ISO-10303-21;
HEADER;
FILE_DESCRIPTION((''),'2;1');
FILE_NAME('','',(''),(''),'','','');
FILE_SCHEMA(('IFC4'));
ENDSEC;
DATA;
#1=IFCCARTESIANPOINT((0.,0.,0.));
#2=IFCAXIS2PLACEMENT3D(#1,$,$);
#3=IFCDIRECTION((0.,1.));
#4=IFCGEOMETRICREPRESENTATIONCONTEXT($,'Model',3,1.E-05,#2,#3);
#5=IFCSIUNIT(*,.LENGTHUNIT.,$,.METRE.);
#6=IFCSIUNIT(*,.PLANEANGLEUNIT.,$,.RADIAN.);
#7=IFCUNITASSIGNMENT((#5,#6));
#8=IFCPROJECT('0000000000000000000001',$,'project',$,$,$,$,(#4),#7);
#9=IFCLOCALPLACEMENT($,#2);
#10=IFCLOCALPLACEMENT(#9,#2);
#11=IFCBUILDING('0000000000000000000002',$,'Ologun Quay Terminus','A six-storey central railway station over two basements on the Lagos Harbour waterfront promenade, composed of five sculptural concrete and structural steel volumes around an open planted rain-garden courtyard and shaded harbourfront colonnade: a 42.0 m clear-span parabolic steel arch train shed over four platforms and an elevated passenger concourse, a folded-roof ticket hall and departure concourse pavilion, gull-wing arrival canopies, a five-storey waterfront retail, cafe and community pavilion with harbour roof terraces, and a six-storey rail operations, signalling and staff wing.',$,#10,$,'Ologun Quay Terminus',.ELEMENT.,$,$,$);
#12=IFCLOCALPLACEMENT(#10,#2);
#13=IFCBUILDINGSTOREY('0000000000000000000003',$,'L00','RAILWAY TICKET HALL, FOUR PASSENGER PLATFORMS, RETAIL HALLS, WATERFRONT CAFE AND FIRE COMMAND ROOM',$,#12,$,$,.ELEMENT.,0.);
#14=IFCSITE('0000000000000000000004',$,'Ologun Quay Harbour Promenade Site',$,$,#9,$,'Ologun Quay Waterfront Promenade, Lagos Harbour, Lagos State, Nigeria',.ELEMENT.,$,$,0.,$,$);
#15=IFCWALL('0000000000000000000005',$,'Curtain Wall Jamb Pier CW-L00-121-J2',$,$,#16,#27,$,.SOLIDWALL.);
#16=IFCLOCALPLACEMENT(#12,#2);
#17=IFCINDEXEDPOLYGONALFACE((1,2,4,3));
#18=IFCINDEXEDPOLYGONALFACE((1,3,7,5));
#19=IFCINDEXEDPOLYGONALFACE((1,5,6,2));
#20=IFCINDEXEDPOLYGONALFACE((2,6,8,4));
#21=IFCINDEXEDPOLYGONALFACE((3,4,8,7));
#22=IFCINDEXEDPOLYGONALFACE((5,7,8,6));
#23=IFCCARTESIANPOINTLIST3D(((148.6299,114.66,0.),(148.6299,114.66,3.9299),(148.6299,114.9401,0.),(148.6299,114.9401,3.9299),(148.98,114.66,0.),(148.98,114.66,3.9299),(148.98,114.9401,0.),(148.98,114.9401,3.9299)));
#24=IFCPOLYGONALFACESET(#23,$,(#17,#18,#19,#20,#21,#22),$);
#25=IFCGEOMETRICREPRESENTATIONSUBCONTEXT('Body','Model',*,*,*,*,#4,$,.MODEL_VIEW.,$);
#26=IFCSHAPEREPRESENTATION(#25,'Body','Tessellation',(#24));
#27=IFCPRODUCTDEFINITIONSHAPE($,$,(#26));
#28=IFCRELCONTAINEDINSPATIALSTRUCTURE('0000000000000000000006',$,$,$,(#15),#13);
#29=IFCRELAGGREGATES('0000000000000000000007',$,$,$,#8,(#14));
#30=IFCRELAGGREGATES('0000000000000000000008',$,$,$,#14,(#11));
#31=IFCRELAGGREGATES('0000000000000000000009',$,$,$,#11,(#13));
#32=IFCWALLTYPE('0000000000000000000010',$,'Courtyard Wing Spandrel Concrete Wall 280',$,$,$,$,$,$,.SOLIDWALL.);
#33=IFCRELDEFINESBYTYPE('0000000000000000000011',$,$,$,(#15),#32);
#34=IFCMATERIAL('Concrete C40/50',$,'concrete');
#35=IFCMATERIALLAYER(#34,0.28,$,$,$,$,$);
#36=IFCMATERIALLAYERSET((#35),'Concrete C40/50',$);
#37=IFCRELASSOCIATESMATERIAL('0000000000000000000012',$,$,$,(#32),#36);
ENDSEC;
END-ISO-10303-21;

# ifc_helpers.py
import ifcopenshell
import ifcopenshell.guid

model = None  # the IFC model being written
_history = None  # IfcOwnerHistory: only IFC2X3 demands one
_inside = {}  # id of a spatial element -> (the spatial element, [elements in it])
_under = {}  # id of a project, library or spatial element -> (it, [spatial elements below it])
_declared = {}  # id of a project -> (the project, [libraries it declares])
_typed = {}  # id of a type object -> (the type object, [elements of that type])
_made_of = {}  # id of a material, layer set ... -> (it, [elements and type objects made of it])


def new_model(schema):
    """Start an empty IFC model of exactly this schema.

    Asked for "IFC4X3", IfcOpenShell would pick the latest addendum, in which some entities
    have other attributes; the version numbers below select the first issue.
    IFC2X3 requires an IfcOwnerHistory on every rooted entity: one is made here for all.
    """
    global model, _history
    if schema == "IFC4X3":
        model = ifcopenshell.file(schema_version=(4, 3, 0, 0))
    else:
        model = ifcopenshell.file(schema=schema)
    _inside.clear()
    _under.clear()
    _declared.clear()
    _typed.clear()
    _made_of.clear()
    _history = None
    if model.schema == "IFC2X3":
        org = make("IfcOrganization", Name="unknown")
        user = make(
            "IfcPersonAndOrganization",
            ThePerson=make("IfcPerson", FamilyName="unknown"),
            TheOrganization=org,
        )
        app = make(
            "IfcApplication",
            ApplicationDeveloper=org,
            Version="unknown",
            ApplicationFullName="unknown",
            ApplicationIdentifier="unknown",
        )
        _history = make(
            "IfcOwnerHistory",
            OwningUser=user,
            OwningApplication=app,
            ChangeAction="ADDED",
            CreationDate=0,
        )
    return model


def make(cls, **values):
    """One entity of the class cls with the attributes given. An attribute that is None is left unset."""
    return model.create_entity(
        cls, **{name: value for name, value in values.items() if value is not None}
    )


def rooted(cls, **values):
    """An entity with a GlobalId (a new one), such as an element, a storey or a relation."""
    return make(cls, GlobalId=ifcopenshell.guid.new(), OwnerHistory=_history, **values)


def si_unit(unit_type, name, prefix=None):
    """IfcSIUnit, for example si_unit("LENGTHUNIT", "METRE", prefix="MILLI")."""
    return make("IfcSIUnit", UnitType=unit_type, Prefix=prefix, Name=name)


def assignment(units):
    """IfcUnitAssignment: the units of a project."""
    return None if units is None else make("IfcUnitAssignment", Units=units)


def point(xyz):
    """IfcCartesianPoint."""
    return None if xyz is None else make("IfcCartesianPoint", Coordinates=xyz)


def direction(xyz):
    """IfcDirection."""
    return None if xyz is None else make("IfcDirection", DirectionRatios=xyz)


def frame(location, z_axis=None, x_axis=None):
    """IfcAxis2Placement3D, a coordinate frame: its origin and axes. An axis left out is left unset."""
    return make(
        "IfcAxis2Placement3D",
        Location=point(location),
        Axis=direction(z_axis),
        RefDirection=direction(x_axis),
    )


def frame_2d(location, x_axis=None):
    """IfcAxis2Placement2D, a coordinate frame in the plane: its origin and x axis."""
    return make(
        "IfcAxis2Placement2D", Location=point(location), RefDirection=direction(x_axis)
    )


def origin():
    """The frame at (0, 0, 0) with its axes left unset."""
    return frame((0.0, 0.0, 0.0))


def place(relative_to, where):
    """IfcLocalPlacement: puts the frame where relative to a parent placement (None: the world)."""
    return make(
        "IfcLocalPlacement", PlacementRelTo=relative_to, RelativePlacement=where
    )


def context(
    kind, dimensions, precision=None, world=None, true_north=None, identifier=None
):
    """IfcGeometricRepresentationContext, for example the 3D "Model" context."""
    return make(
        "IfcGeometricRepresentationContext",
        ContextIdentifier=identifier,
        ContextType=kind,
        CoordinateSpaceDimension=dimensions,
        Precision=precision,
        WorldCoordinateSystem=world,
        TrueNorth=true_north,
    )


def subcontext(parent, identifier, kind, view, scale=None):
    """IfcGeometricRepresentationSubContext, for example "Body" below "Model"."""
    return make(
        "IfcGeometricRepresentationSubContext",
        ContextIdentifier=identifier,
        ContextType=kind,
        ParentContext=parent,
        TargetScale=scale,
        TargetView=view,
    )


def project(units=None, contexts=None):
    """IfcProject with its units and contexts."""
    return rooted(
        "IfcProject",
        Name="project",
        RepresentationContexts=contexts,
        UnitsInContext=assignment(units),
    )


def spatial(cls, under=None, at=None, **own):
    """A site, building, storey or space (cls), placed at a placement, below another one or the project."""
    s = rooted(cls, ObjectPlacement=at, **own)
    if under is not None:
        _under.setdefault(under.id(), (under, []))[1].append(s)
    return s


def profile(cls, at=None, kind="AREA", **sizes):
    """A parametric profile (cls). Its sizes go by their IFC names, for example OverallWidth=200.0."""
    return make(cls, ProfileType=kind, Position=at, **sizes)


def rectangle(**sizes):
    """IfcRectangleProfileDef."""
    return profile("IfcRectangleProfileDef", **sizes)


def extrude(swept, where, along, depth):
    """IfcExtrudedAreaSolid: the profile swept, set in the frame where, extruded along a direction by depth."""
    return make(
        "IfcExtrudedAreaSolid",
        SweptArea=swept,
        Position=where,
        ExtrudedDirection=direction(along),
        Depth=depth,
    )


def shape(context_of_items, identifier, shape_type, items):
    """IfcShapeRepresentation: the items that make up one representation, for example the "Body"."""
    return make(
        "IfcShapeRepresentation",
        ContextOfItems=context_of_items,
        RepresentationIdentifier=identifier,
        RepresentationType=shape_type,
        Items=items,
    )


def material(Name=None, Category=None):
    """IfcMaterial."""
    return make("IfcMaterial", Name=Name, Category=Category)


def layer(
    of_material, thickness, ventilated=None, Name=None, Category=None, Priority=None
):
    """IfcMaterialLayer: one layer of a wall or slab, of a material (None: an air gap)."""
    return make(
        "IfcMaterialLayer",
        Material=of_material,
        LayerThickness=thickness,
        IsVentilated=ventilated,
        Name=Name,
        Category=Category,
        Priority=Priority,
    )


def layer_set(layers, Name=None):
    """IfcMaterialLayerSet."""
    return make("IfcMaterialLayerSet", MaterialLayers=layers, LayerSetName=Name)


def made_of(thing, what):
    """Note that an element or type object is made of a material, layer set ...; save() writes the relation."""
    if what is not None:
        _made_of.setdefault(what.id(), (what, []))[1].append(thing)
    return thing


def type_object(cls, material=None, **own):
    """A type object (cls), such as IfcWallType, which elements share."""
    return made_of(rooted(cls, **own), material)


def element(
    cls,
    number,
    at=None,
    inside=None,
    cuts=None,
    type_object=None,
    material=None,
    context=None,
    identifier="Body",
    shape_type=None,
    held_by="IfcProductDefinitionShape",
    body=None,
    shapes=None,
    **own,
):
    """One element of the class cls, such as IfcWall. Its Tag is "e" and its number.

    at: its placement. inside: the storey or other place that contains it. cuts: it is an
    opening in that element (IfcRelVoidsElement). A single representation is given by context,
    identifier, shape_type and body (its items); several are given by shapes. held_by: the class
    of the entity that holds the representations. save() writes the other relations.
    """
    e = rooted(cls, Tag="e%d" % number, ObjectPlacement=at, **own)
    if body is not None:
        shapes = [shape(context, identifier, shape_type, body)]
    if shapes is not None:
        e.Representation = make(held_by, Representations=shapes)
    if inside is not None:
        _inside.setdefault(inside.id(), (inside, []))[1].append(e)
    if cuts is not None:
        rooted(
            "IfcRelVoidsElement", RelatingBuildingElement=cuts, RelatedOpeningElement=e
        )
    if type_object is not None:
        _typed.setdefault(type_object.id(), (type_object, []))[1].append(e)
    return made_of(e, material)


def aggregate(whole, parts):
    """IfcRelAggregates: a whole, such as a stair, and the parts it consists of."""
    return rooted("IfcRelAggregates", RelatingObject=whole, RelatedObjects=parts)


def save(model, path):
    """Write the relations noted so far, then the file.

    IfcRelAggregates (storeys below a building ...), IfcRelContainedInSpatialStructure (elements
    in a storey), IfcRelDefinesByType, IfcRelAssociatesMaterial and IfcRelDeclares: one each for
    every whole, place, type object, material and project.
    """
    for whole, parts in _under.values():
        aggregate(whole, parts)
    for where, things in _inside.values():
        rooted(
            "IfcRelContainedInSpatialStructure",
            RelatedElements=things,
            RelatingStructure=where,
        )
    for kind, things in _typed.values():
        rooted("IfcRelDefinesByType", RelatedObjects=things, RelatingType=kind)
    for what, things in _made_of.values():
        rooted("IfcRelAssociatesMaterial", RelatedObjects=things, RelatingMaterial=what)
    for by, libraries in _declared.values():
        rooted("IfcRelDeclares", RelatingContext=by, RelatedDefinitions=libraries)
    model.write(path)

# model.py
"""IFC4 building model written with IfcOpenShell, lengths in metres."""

from ifc_helpers import new_model, si_unit, direction, frame, frame_2d, origin, place, context, subcontext, project, spatial, rectangle, extrude, material, layer, layer_set, type_object, element, save


model = new_model("IFC4")

# Units and contexts
model_context = context("Model", 3, precision=1e-05, world=origin(), true_north=direction((0.0, 1.0)))
body_context = subcontext(model_context, "Body", "Model", "MODEL_VIEW")
ifc_project = project(units=[si_unit("LENGTHUNIT", "METRE"), si_unit("PLANEANGLEUNIT", "RADIAN")], contexts=[model_context])

# Site, building, storey
site_placement = place(None, origin())
site = spatial("IfcSite", under=ifc_project, at=site_placement, Name="Ologun Quay Harbour Promenade Site", LongName="Ologun Quay Waterfront Promenade, Lagos Harbour, Lagos State, Nigeria", CompositionType="ELEMENT", RefElevation=0.0)
building_placement = place(site_placement, origin())
building = spatial("IfcBuilding", under=site, at=building_placement, Name="Ologun Quay Terminus", Description="A six-storey central railway station over two basements on the Lagos Harbour waterfront promenade, composed of five sculptural concrete and structural steel volumes around an open planted rain-garden courtyard and shaded harbourfront colonnade: a 42.0 m clear-span parabolic steel arch train shed over four platforms and an elevated passenger concourse, a folded-roof ticket hall and departure concourse pavilion, gull-wing arrival canopies, a five-storey waterfront retail, cafe and community pavilion with harbour roof terraces, and a six-storey rail operations, signalling and staff wing.", LongName="Ologun Quay Terminus", CompositionType="ELEMENT")
storey_placement = place(building_placement, origin())
storey = spatial("IfcBuildingStorey", under=building, at=storey_placement, Name="L00", Description="RAILWAY TICKET HALL, FOUR PASSENGER PLATFORMS, RETAIL HALLS, WATERFRONT CAFE AND FIRE COMMAND ROOM", CompositionType="ELEMENT", Elevation=0.0)

# Wall
ifc_material_1 = material(Name="Concrete C40/50", Category="concrete")
ifc_layer_1 = layer(ifc_material_1, 0.28)
ifc_layer_set_1 = layer_set([ifc_layer_1], Name="Concrete C40/50")
wall_type = type_object("IfcWallType", Name="Courtyard Wing Spandrel Concrete Wall 280", PredefinedType="SOLIDWALL", material=ifc_layer_set_1)
wall_placement = place(storey_placement, frame((148.6299, 114.8, 0.0), z_axis=(0.0, 0.0, 1.0), x_axis=(1.0, 0.0, 0.0)))
element("IfcWall", 1, at=wall_placement, inside=storey, type_object=wall_type, Name="Curtain Wall Jamb Pier CW-L00-121-J2", PredefinedType="SOLIDWALL", context=body_context, shape_type="SweptSolid", body=[
    extrude(rectangle(XDim=0.3501, YDim=0.28, at=frame_2d((0.175, 0.0))), origin(), (0.0, 0.0, 1.0), 3.9299),
])

save(model, "model.ifc")
